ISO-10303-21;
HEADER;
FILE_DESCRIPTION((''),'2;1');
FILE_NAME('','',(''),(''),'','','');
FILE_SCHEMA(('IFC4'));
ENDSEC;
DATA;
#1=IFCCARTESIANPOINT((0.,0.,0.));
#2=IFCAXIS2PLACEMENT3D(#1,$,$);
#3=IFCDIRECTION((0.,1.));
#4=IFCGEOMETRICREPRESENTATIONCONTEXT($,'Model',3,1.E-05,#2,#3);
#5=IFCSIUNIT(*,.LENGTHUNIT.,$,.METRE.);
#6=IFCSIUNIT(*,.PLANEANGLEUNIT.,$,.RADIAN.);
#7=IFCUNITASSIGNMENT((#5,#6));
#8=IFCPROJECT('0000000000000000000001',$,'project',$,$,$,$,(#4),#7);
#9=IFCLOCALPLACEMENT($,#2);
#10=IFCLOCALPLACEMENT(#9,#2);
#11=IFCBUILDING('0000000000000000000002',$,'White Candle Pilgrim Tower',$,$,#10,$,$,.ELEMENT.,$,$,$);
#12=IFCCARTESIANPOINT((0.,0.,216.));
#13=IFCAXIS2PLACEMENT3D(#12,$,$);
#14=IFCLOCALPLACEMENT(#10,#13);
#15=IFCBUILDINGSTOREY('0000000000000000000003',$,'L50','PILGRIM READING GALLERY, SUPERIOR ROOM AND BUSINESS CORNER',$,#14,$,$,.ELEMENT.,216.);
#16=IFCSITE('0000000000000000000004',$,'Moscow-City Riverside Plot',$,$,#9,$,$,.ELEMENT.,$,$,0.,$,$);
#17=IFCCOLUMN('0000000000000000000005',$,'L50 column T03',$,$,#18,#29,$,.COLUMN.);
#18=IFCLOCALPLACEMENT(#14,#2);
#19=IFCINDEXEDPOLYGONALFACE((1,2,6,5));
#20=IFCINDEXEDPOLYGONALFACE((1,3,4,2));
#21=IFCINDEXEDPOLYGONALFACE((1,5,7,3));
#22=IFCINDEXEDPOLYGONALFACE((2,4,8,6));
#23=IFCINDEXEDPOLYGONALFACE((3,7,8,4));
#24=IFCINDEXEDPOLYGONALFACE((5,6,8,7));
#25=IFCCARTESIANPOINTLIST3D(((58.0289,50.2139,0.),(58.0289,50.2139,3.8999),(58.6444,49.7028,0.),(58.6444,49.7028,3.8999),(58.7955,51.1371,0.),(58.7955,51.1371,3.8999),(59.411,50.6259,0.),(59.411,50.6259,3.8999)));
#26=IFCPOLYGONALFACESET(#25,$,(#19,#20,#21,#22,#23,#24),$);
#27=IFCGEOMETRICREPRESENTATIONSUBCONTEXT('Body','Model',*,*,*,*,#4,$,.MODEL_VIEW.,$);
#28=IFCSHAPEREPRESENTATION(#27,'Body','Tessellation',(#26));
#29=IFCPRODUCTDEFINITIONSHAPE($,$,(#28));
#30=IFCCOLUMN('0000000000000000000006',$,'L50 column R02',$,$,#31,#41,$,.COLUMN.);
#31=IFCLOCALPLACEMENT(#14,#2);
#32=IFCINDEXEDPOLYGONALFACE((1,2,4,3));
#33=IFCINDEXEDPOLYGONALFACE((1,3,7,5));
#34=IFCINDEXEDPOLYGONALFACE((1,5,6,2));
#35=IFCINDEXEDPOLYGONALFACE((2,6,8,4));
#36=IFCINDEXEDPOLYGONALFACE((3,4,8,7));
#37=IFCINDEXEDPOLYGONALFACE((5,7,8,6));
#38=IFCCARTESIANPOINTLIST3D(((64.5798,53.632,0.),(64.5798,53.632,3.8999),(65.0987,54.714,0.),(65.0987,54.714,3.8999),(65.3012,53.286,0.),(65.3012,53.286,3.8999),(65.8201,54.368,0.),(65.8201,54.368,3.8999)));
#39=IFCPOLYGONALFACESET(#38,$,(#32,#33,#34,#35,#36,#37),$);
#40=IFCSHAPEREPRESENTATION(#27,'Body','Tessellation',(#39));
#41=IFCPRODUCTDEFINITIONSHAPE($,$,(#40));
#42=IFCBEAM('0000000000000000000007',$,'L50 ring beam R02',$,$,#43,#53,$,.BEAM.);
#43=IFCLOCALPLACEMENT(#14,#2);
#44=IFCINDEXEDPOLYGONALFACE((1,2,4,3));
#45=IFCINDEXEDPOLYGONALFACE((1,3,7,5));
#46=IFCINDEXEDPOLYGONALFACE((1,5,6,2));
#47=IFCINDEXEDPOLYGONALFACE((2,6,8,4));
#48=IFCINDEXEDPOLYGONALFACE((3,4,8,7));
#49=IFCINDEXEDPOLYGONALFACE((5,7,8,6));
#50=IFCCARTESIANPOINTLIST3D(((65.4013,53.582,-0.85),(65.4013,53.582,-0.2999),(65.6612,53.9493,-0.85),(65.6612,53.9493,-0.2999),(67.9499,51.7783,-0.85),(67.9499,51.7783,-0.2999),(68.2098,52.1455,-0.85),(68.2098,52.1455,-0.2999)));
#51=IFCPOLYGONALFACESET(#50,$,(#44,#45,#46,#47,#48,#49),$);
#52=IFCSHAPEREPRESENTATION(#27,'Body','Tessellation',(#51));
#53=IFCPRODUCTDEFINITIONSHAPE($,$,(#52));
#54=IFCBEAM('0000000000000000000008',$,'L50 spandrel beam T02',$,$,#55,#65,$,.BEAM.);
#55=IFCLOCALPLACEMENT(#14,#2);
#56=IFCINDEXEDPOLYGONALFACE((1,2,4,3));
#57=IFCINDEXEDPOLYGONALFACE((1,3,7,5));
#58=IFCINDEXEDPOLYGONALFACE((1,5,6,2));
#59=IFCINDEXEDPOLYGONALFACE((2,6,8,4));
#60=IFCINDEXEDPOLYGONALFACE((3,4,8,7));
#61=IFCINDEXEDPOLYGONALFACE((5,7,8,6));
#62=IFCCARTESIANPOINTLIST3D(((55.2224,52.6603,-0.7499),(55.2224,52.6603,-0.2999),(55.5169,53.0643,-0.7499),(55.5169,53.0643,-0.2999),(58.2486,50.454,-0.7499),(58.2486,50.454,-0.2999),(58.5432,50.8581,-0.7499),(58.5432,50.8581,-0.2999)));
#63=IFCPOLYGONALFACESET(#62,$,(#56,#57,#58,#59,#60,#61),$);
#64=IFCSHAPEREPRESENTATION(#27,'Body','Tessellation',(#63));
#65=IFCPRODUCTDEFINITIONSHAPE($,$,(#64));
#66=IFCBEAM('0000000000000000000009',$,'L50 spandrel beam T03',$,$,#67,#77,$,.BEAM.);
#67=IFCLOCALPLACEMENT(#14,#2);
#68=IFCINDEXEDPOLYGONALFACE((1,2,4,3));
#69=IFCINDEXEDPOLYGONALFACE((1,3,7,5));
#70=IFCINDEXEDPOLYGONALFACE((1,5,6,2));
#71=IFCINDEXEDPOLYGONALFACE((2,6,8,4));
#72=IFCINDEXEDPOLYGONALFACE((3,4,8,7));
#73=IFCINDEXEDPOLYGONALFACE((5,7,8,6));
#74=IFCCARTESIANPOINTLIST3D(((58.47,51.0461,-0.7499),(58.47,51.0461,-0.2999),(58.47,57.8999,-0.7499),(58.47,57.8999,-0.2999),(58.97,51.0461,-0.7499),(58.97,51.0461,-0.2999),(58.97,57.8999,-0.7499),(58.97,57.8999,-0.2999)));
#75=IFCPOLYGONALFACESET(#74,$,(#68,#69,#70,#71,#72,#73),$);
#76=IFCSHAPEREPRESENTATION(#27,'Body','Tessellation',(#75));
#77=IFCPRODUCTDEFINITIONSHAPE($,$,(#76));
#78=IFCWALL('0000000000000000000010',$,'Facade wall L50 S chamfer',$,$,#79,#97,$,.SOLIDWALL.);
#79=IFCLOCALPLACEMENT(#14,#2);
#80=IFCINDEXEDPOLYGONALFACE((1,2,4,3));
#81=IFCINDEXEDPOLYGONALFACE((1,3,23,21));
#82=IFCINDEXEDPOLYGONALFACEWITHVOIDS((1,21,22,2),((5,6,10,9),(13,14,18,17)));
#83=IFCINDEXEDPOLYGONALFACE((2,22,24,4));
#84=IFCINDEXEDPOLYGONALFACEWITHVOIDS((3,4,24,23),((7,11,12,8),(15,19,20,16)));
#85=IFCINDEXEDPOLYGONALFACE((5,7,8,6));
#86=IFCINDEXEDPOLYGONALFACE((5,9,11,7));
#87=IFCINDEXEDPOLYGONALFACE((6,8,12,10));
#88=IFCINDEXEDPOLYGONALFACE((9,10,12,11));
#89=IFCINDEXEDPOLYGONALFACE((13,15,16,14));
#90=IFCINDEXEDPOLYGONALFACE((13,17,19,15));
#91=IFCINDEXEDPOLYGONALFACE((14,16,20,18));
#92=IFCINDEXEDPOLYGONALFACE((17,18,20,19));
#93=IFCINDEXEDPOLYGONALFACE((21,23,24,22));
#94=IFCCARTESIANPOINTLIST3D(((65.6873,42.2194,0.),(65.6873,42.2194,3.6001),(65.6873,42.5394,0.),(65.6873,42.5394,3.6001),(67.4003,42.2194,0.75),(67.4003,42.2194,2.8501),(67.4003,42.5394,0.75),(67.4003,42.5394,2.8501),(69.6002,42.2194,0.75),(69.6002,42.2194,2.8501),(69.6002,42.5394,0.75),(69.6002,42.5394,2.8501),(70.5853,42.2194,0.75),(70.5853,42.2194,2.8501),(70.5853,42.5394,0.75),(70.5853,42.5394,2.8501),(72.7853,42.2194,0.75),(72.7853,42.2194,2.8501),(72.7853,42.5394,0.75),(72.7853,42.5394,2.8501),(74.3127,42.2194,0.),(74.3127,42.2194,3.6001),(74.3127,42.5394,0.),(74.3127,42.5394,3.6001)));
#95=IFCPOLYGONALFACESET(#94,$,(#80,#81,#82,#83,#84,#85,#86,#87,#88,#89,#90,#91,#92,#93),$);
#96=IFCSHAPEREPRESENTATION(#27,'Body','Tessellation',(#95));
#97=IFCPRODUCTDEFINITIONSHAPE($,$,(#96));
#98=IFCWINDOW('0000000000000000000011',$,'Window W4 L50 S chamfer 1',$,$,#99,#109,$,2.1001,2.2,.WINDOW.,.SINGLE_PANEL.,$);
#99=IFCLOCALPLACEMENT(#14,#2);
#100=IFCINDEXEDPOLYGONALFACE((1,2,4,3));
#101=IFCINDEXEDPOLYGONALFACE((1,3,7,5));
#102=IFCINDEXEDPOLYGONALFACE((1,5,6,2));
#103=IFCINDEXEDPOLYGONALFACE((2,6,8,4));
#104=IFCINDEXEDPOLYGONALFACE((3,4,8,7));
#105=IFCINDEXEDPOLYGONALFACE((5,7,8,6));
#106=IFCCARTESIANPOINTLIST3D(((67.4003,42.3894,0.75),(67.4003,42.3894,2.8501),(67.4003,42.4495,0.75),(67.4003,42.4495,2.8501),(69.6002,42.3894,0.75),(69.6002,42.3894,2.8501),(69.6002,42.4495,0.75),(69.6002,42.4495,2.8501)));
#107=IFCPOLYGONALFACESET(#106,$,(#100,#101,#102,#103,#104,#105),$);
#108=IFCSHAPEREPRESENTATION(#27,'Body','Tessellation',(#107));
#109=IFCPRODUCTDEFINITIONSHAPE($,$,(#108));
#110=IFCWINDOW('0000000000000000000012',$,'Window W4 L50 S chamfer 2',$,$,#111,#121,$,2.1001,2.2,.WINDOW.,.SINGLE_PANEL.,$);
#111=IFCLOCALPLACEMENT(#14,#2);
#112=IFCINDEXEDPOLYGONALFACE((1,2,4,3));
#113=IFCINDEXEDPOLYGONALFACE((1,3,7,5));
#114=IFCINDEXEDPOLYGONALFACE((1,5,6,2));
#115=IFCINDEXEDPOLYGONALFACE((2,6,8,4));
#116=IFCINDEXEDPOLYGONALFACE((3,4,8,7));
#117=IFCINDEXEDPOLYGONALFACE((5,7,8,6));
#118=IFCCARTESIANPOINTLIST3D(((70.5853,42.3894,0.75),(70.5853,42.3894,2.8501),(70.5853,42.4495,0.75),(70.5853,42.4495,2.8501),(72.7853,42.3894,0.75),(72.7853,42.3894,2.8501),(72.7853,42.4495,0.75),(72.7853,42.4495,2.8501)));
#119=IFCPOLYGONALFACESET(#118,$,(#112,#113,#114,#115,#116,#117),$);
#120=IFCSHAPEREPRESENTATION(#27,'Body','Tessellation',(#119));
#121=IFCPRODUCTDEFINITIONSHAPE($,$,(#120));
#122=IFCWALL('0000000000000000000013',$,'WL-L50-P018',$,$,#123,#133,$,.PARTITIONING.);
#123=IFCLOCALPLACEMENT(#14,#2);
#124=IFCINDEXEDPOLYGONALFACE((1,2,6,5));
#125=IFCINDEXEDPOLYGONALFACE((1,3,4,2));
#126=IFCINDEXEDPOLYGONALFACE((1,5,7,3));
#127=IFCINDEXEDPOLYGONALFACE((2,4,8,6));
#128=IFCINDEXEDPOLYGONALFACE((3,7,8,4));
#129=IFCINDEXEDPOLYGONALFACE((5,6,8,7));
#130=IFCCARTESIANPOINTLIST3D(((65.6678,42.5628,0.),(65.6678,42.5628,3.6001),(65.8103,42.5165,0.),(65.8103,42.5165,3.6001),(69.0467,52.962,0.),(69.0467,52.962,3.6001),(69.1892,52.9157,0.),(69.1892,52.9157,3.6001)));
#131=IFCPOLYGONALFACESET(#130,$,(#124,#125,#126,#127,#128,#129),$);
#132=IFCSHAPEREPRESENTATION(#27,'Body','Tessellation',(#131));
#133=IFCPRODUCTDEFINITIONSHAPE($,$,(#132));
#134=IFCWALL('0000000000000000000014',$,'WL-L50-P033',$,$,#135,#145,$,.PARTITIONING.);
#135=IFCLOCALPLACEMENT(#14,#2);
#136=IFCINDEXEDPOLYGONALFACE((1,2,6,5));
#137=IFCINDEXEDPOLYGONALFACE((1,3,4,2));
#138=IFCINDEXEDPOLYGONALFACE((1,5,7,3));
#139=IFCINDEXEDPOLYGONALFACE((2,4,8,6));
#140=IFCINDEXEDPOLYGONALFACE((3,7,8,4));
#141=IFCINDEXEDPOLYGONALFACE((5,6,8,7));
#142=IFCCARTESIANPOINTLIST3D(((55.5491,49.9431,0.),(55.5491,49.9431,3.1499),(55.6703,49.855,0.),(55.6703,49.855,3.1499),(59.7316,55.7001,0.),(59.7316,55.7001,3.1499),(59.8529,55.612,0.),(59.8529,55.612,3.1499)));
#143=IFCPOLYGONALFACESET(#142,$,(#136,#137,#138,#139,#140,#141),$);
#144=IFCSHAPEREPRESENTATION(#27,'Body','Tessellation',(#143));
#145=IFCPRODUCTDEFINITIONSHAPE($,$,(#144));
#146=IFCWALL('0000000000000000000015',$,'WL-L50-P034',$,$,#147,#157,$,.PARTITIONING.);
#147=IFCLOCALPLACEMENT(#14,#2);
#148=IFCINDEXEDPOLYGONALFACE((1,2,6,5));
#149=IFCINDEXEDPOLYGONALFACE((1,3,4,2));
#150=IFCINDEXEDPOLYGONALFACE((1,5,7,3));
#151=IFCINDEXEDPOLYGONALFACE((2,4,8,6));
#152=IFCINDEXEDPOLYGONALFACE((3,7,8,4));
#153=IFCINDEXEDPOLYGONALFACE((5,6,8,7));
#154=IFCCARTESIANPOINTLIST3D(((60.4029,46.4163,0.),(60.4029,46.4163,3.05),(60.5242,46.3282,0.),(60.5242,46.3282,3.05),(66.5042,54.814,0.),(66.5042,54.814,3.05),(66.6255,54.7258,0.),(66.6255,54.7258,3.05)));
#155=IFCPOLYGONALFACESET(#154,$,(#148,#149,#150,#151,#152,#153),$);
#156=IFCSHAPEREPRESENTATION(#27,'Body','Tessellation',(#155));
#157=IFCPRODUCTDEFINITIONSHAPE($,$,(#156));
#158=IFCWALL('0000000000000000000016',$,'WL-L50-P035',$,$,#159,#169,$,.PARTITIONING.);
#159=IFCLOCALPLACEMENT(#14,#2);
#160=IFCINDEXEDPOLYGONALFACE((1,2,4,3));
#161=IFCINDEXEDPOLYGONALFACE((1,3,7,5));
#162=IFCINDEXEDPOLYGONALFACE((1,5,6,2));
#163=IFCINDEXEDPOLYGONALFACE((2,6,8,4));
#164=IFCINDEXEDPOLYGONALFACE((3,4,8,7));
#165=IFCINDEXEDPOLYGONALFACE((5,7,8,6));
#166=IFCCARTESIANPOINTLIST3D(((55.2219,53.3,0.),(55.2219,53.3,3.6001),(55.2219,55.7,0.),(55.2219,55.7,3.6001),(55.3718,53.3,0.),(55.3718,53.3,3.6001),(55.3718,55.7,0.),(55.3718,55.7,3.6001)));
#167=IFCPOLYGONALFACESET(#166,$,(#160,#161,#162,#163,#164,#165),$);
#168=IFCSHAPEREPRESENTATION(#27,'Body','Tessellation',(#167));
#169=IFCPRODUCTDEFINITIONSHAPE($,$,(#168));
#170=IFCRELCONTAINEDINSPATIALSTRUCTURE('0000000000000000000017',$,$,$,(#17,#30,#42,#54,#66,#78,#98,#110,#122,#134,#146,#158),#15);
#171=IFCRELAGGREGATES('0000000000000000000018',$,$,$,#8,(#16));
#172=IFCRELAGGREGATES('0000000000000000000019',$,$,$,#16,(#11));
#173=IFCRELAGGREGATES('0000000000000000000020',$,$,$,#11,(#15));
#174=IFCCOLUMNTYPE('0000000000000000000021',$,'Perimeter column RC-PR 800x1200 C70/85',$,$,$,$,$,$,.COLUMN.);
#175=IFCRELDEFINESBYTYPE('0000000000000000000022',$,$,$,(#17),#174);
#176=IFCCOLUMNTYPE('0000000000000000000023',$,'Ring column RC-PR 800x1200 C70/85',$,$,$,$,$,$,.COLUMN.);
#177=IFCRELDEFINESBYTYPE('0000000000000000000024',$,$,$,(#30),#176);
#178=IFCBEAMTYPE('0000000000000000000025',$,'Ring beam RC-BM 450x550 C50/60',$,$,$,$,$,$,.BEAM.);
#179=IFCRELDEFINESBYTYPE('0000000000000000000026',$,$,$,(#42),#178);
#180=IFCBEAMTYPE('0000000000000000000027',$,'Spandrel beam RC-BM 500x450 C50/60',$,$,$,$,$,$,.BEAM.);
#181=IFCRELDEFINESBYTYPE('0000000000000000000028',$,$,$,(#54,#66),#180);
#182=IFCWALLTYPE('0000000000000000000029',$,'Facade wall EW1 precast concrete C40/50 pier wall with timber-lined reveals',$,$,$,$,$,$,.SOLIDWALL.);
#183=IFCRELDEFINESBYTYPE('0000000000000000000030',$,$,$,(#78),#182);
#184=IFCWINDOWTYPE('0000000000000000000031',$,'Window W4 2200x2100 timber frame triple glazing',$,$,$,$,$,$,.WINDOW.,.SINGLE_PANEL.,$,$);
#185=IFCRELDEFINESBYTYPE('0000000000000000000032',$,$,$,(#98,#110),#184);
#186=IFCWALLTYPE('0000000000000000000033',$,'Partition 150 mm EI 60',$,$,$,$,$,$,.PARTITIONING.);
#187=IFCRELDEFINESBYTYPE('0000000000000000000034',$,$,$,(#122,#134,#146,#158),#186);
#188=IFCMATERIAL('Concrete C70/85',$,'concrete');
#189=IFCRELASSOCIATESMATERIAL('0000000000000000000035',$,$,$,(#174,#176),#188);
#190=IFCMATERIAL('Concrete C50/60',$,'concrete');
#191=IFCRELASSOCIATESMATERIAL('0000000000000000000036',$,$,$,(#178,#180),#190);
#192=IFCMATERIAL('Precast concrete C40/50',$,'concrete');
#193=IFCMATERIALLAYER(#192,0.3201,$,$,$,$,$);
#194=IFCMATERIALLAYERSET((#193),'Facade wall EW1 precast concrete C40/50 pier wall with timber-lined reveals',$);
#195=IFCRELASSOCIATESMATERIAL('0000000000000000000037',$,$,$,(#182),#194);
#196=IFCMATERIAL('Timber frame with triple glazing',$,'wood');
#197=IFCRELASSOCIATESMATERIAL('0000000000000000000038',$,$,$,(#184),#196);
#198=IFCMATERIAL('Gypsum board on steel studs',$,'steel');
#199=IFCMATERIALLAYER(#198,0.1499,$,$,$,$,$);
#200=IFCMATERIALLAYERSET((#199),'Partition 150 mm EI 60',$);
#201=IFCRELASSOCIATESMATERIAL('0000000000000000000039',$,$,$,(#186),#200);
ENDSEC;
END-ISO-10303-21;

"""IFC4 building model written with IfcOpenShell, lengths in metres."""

from ifc_helpers import new_model, si_unit, direction, frame, frame_2d, origin, origin_2d, place, context, subcontext, project, spatial, rectangle, extrude, material, layer, layer_set, material_profile, profile_set, type_object, element, fill, save


model = new_model("IFC4")

# Units and contexts
model_context = context("Model", 3, precision=1e-05, world=origin(), true_north=direction((0.0, 1.0)))
body_context = subcontext(model_context, "Body", "Model", "MODEL_VIEW")
ifc_project = project(units=[si_unit("LENGTHUNIT", "METRE"), si_unit("PLANEANGLEUNIT", "RADIAN")], contexts=[model_context])

# Site, building, storey
site_placement = place(None, origin())
site = spatial("IfcSite", under=ifc_project, at=site_placement, Name="Moscow-City Riverside Plot", CompositionType="ELEMENT", RefElevation=0.0)
building_placement = place(site_placement, origin())
building = spatial("IfcBuilding", under=site, at=building_placement, Name="White Candle Pilgrim Tower", CompositionType="ELEMENT")
storey_placement = place(building_placement, frame((0.0, 0.0, 216.0)))
storey = spatial("IfcBuildingStorey", under=building, at=storey_placement, Name="L50", Description="PILGRIM READING GALLERY, SUPERIOR ROOM AND BUSINESS CORNER", CompositionType="ELEMENT", Elevation=216.0)

# Columns
ifc_material_1 = material(Name="Concrete C70/85", Category="concrete")
ifc_material_profile_1 = material_profile(ifc_material_1, rectangle(XDim=0.8, YDim=1.2, at=origin_2d()), Name="RC-PR 800x1200")
ifc_profile_set_1 = profile_set([ifc_material_profile_1], Name="Concrete C70/85")
column_type_1 = type_object("IfcColumnType", Name="Perimeter column RC-PR 800x1200 C70/85", PredefinedType="COLUMN", material=ifc_profile_set_1)
column_1_placement = place(storey_placement, frame((58.72, 50.4199, 0.0), z_axis=(0.0, 0.0, 1.0), x_axis=(-0.76931, 0.638875, 0.0)))
element("IfcColumn", 1, at=column_1_placement, inside=storey, type_object=column_type_1, Name="L50 column T03", PredefinedType="COLUMN", context=body_context, shape_type="SweptSolid", body=[
    extrude(rectangle(XDim=0.8, YDim=1.2, at=origin_2d()), origin(), (0.0, 0.0, 1.0), 3.8999),
])
ifc_material_profile_2 = material_profile(ifc_material_1, rectangle(XDim=0.8, YDim=1.2, at=origin_2d()), Name="RC-PR 800x1200")
ifc_profile_set_2 = profile_set([ifc_material_profile_2], Name="Concrete C70/85")
column_type_2 = type_object("IfcColumnType", Name="Ring column RC-PR 800x1200 C70/85", PredefinedType="COLUMN", material=ifc_profile_set_2)
column_2_placement = place(storey_placement, frame((65.2, 54.0, 0.0), z_axis=(0.0, 0.0, 1.0), x_axis=(-0.901689, 0.432385, 0.0)))
element("IfcColumn", 2, at=column_2_placement, inside=storey, type_object=column_type_2, Name="L50 column R02", PredefinedType="COLUMN", context=body_context, shape_type="SweptSolid", body=[
    extrude(rectangle(XDim=0.8, YDim=1.2, at=origin_2d()), origin(), (0.0, 0.0, 1.0), 3.8999),
])

# Beams
ifc_material_2 = material(Name="Concrete C50/60", Category="concrete")
ifc_material_profile_3 = material_profile(ifc_material_2, rectangle(XDim=0.45, YDim=0.55, at=origin_2d()), Name="RC-BM 450x550")
ifc_profile_set_3 = profile_set([ifc_material_profile_3], Name="Concrete C50/60")
beam_type_1 = type_object("IfcBeamType", Name="Ring beam RC-BM 450x550 C50/60", PredefinedType="BEAM", material=ifc_profile_set_3)
beam_1_placement = place(storey_placement, frame((65.5312, 53.7656, -0.575), z_axis=(0.816256, -0.57769, 0.0), x_axis=(0.57769, 0.816256, 0.0)))
element("IfcBeam", 3, at=beam_1_placement, inside=storey, type_object=beam_type_1, Name="L50 ring beam R02", PredefinedType="BEAM", context=body_context, shape_type="SweptSolid", body=[
    extrude(rectangle(XDim=0.45, YDim=0.55, at=origin_2d()), origin(), (0.0, 0.0, 1.0), 3.1223),
])
ifc_material_profile_4 = material_profile(ifc_material_2, rectangle(XDim=0.5, YDim=0.45, at=origin_2d()), Name="RC-BM 500x450")
ifc_profile_set_4 = profile_set([ifc_material_profile_4], Name="Concrete C50/60")
beam_type_2 = type_object("IfcBeamType", Name="Spandrel beam RC-BM 500x450 C50/60", PredefinedType="BEAM", material=ifc_profile_set_4)
beam_2_placement = place(storey_placement, frame((55.3696, 52.8623, -0.5249), z_axis=(0.808062, -0.589098, 0.0), x_axis=(0.589098, 0.808062, 0.0)))
element("IfcBeam", 4, at=beam_2_placement, inside=storey, type_object=beam_type_2, Name="L50 spandrel beam T02", PredefinedType="BEAM", context=body_context, shape_type="SweptSolid", body=[
    extrude(rectangle(XDim=0.5, YDim=0.45, at=origin_2d()), origin(), (0.0, 0.0, 1.0), 3.7451),
])
beam_3_placement = place(storey_placement, frame((58.72, 51.0461, -0.5249), z_axis=(0.0, 1.0, 0.0), x_axis=(-1.0, 0.0, 0.0)))
element("IfcBeam", 5, at=beam_3_placement, inside=storey, type_object=beam_type_2, Name="L50 spandrel beam T03", PredefinedType="BEAM", context=body_context, shape_type="SweptSolid", body=[
    extrude(rectangle(XDim=0.5, YDim=0.45, at=origin_2d()), origin(), (0.0, 0.0, 1.0), 6.8538),
])

# Wall, openings, windows
ifc_material_3 = material(Name="Precast concrete C40/50", Category="concrete")
ifc_layer_1 = layer(ifc_material_3, 0.3201)
ifc_layer_set_1 = layer_set([ifc_layer_1], Name="Facade wall EW1 precast concrete C40/50 pier wall with timber-lined reveals")
wall_type_1 = type_object("IfcWallType", Name="Facade wall EW1 precast concrete C40/50 pier wall with timber-lined reveals", PredefinedType="SOLIDWALL", material=ifc_layer_set_1)
wall_1_placement = place(storey_placement, frame((65.6873, 42.3794, 0.0), z_axis=(0.0, 0.0, 1.0), x_axis=(1.0, 0.0, 0.0)))
wall_1 = element("IfcWall", 6, at=wall_1_placement, inside=storey, type_object=wall_type_1, Name="Facade wall L50 S chamfer", PredefinedType="SOLIDWALL", context=body_context, shape_type="SweptSolid", body=[
    extrude(rectangle(XDim=8.6255, YDim=0.3201, at=frame_2d((4.3127, 0.0))), origin(), (0.0, 0.0, 1.0), 3.6001),
])
opening_1_placement = place(wall_1_placement, frame((1.7129, 0.0, 0.75)))
opening_1 = element("IfcOpeningElement", 7, at=opening_1_placement, cuts=wall_1, PredefinedType="OPENING", context=body_context, shape_type="SweptSolid", body=[
    extrude(rectangle(XDim=2.2, YDim=2.1001, at=frame_2d((1.1001, 1.05))), frame((0.0, 0.1699, 0.0), z_axis=(0.0, -1.0, 0.0), x_axis=(1.0, 0.0, 0.0)), (0.0, 0.0, 1.0), 0.3401),
])
opening_2_placement = place(wall_1_placement, frame((4.8979, 0.0, 0.75)))
opening_2 = element("IfcOpeningElement", 8, at=opening_2_placement, cuts=wall_1, PredefinedType="OPENING", context=body_context, shape_type="SweptSolid", body=[
    extrude(rectangle(XDim=2.2, YDim=2.1001, at=frame_2d((1.1001, 1.05))), frame((0.0, 0.1699, 0.0), z_axis=(0.0, -1.0, 0.0), x_axis=(1.0, 0.0, 0.0)), (0.0, 0.0, 1.0), 0.3401),
])
ifc_material_4 = material(Name="Timber frame with triple glazing", Category="wood")
window_type = type_object("IfcWindowType", Name="Window W4 2200x2100 timber frame triple glazing", PartitioningType="SINGLE_PANEL", PredefinedType="WINDOW", material=ifc_material_4)
window_1_placement = place(opening_1_placement, origin())
window_1 = element("IfcWindow", 9, at=window_1_placement, inside=storey, type_object=window_type, Name="Window W4 L50 S chamfer 1", OverallHeight=2.1001, OverallWidth=2.2, PartitioningType="SINGLE_PANEL", PredefinedType="WINDOW", context=body_context, shape_type="SweptSolid", body=[
    extrude(rectangle(XDim=2.2, YDim=2.1001, at=frame_2d((1.1001, 1.05))), frame((0.0, 0.0701, 0.0), z_axis=(0.0, -1.0, 0.0), x_axis=(1.0, 0.0, 0.0)), (0.0, 0.0, 1.0), 0.0601),
])
fill(opening_1, window_1)
window_2_placement = place(opening_2_placement, origin())
window_2 = element("IfcWindow", 10, at=window_2_placement, inside=storey, type_object=window_type, Name="Window W4 L50 S chamfer 2", OverallHeight=2.1001, OverallWidth=2.2, PartitioningType="SINGLE_PANEL", PredefinedType="WINDOW", context=body_context, shape_type="SweptSolid", body=[
    extrude(rectangle(XDim=2.2, YDim=2.1001, at=frame_2d((1.1001, 1.05))), frame((0.0, 0.0701, 0.0), z_axis=(0.0, -1.0, 0.0), x_axis=(1.0, 0.0, 0.0)), (0.0, 0.0, 1.0), 0.0601),
])
fill(opening_2, window_2)

# Walls
ifc_material_5 = material(Name="Gypsum board on steel studs", Category="steel")
ifc_layer_2 = layer(ifc_material_5, 0.1499)
ifc_layer_set_2 = layer_set([ifc_layer_2], Name="Partition 150 mm EI 60")
wall_type_2 = type_object("IfcWallType", Name="Partition 150 mm EI 60", PredefinedType="PARTITIONING", material=ifc_layer_set_2)
wall_2_placement = place(storey_placement, frame((65.739, 42.5396, 0.0), z_axis=(0.0, 0.0, 1.0), x_axis=(0.309018, 0.951056, 0.0)))
element("IfcWall", 11, at=wall_2_placement, inside=storey, type_object=wall_type_2, Name="WL-L50-P018", PredefinedType="PARTITIONING", context=body_context, shape_type="SweptSolid", body=[
    extrude(rectangle(XDim=10.9343, YDim=0.1499, at=frame_2d((5.4673, 0.0))), origin(), (0.0, 0.0, 1.0), 3.6001),
])
wall_3_placement = place(storey_placement, frame((55.6096, 49.8989, 0.0), z_axis=(0.0, 0.0, 1.0), x_axis=(0.587772, 0.809027, 0.0)))
element("IfcWall", 12, at=wall_3_placement, inside=storey, type_object=wall_type_2, Name="WL-L50-P033", PredefinedType="PARTITIONING", context=body_context, shape_type="SweptSolid", body=[
    extrude(rectangle(XDim=7.116, YDim=0.1499, at=frame_2d((3.5581, 0.0))), origin(), (0.0, 0.0, 1.0), 3.1499),
])
wall_4_placement = place(storey_placement, frame((60.4636, 46.3723, 0.0), z_axis=(0.0, 0.0, 1.0), x_axis=(0.587787, 0.809016, 0.0)))
element("IfcWall", 13, at=wall_4_placement, inside=storey, type_object=wall_type_2, Name="WL-L50-P034", PredefinedType="PARTITIONING", context=body_context, shape_type="SweptSolid", body=[
    extrude(rectangle(XDim=10.3801, YDim=0.1499, at=frame_2d((5.1899, 0.0))), origin(), (0.0, 0.0, 1.0), 3.05),
])
wall_5_placement = place(storey_placement, frame((55.2969, 55.7, 0.0), z_axis=(0.0, 0.0, 1.0), x_axis=(0.0, -1.0, 0.0)))
element("IfcWall", 14, at=wall_5_placement, inside=storey, type_object=wall_type_2, Name="WL-L50-P035", PredefinedType="PARTITIONING", context=body_context, shape_type="SweptSolid", body=[
    extrude(rectangle(XDim=2.3999, YDim=0.1499, at=frame_2d((1.2, 0.0))), origin(), (0.0, 0.0, 1.0), 3.6001),
])

save(model, "model.ifc")
